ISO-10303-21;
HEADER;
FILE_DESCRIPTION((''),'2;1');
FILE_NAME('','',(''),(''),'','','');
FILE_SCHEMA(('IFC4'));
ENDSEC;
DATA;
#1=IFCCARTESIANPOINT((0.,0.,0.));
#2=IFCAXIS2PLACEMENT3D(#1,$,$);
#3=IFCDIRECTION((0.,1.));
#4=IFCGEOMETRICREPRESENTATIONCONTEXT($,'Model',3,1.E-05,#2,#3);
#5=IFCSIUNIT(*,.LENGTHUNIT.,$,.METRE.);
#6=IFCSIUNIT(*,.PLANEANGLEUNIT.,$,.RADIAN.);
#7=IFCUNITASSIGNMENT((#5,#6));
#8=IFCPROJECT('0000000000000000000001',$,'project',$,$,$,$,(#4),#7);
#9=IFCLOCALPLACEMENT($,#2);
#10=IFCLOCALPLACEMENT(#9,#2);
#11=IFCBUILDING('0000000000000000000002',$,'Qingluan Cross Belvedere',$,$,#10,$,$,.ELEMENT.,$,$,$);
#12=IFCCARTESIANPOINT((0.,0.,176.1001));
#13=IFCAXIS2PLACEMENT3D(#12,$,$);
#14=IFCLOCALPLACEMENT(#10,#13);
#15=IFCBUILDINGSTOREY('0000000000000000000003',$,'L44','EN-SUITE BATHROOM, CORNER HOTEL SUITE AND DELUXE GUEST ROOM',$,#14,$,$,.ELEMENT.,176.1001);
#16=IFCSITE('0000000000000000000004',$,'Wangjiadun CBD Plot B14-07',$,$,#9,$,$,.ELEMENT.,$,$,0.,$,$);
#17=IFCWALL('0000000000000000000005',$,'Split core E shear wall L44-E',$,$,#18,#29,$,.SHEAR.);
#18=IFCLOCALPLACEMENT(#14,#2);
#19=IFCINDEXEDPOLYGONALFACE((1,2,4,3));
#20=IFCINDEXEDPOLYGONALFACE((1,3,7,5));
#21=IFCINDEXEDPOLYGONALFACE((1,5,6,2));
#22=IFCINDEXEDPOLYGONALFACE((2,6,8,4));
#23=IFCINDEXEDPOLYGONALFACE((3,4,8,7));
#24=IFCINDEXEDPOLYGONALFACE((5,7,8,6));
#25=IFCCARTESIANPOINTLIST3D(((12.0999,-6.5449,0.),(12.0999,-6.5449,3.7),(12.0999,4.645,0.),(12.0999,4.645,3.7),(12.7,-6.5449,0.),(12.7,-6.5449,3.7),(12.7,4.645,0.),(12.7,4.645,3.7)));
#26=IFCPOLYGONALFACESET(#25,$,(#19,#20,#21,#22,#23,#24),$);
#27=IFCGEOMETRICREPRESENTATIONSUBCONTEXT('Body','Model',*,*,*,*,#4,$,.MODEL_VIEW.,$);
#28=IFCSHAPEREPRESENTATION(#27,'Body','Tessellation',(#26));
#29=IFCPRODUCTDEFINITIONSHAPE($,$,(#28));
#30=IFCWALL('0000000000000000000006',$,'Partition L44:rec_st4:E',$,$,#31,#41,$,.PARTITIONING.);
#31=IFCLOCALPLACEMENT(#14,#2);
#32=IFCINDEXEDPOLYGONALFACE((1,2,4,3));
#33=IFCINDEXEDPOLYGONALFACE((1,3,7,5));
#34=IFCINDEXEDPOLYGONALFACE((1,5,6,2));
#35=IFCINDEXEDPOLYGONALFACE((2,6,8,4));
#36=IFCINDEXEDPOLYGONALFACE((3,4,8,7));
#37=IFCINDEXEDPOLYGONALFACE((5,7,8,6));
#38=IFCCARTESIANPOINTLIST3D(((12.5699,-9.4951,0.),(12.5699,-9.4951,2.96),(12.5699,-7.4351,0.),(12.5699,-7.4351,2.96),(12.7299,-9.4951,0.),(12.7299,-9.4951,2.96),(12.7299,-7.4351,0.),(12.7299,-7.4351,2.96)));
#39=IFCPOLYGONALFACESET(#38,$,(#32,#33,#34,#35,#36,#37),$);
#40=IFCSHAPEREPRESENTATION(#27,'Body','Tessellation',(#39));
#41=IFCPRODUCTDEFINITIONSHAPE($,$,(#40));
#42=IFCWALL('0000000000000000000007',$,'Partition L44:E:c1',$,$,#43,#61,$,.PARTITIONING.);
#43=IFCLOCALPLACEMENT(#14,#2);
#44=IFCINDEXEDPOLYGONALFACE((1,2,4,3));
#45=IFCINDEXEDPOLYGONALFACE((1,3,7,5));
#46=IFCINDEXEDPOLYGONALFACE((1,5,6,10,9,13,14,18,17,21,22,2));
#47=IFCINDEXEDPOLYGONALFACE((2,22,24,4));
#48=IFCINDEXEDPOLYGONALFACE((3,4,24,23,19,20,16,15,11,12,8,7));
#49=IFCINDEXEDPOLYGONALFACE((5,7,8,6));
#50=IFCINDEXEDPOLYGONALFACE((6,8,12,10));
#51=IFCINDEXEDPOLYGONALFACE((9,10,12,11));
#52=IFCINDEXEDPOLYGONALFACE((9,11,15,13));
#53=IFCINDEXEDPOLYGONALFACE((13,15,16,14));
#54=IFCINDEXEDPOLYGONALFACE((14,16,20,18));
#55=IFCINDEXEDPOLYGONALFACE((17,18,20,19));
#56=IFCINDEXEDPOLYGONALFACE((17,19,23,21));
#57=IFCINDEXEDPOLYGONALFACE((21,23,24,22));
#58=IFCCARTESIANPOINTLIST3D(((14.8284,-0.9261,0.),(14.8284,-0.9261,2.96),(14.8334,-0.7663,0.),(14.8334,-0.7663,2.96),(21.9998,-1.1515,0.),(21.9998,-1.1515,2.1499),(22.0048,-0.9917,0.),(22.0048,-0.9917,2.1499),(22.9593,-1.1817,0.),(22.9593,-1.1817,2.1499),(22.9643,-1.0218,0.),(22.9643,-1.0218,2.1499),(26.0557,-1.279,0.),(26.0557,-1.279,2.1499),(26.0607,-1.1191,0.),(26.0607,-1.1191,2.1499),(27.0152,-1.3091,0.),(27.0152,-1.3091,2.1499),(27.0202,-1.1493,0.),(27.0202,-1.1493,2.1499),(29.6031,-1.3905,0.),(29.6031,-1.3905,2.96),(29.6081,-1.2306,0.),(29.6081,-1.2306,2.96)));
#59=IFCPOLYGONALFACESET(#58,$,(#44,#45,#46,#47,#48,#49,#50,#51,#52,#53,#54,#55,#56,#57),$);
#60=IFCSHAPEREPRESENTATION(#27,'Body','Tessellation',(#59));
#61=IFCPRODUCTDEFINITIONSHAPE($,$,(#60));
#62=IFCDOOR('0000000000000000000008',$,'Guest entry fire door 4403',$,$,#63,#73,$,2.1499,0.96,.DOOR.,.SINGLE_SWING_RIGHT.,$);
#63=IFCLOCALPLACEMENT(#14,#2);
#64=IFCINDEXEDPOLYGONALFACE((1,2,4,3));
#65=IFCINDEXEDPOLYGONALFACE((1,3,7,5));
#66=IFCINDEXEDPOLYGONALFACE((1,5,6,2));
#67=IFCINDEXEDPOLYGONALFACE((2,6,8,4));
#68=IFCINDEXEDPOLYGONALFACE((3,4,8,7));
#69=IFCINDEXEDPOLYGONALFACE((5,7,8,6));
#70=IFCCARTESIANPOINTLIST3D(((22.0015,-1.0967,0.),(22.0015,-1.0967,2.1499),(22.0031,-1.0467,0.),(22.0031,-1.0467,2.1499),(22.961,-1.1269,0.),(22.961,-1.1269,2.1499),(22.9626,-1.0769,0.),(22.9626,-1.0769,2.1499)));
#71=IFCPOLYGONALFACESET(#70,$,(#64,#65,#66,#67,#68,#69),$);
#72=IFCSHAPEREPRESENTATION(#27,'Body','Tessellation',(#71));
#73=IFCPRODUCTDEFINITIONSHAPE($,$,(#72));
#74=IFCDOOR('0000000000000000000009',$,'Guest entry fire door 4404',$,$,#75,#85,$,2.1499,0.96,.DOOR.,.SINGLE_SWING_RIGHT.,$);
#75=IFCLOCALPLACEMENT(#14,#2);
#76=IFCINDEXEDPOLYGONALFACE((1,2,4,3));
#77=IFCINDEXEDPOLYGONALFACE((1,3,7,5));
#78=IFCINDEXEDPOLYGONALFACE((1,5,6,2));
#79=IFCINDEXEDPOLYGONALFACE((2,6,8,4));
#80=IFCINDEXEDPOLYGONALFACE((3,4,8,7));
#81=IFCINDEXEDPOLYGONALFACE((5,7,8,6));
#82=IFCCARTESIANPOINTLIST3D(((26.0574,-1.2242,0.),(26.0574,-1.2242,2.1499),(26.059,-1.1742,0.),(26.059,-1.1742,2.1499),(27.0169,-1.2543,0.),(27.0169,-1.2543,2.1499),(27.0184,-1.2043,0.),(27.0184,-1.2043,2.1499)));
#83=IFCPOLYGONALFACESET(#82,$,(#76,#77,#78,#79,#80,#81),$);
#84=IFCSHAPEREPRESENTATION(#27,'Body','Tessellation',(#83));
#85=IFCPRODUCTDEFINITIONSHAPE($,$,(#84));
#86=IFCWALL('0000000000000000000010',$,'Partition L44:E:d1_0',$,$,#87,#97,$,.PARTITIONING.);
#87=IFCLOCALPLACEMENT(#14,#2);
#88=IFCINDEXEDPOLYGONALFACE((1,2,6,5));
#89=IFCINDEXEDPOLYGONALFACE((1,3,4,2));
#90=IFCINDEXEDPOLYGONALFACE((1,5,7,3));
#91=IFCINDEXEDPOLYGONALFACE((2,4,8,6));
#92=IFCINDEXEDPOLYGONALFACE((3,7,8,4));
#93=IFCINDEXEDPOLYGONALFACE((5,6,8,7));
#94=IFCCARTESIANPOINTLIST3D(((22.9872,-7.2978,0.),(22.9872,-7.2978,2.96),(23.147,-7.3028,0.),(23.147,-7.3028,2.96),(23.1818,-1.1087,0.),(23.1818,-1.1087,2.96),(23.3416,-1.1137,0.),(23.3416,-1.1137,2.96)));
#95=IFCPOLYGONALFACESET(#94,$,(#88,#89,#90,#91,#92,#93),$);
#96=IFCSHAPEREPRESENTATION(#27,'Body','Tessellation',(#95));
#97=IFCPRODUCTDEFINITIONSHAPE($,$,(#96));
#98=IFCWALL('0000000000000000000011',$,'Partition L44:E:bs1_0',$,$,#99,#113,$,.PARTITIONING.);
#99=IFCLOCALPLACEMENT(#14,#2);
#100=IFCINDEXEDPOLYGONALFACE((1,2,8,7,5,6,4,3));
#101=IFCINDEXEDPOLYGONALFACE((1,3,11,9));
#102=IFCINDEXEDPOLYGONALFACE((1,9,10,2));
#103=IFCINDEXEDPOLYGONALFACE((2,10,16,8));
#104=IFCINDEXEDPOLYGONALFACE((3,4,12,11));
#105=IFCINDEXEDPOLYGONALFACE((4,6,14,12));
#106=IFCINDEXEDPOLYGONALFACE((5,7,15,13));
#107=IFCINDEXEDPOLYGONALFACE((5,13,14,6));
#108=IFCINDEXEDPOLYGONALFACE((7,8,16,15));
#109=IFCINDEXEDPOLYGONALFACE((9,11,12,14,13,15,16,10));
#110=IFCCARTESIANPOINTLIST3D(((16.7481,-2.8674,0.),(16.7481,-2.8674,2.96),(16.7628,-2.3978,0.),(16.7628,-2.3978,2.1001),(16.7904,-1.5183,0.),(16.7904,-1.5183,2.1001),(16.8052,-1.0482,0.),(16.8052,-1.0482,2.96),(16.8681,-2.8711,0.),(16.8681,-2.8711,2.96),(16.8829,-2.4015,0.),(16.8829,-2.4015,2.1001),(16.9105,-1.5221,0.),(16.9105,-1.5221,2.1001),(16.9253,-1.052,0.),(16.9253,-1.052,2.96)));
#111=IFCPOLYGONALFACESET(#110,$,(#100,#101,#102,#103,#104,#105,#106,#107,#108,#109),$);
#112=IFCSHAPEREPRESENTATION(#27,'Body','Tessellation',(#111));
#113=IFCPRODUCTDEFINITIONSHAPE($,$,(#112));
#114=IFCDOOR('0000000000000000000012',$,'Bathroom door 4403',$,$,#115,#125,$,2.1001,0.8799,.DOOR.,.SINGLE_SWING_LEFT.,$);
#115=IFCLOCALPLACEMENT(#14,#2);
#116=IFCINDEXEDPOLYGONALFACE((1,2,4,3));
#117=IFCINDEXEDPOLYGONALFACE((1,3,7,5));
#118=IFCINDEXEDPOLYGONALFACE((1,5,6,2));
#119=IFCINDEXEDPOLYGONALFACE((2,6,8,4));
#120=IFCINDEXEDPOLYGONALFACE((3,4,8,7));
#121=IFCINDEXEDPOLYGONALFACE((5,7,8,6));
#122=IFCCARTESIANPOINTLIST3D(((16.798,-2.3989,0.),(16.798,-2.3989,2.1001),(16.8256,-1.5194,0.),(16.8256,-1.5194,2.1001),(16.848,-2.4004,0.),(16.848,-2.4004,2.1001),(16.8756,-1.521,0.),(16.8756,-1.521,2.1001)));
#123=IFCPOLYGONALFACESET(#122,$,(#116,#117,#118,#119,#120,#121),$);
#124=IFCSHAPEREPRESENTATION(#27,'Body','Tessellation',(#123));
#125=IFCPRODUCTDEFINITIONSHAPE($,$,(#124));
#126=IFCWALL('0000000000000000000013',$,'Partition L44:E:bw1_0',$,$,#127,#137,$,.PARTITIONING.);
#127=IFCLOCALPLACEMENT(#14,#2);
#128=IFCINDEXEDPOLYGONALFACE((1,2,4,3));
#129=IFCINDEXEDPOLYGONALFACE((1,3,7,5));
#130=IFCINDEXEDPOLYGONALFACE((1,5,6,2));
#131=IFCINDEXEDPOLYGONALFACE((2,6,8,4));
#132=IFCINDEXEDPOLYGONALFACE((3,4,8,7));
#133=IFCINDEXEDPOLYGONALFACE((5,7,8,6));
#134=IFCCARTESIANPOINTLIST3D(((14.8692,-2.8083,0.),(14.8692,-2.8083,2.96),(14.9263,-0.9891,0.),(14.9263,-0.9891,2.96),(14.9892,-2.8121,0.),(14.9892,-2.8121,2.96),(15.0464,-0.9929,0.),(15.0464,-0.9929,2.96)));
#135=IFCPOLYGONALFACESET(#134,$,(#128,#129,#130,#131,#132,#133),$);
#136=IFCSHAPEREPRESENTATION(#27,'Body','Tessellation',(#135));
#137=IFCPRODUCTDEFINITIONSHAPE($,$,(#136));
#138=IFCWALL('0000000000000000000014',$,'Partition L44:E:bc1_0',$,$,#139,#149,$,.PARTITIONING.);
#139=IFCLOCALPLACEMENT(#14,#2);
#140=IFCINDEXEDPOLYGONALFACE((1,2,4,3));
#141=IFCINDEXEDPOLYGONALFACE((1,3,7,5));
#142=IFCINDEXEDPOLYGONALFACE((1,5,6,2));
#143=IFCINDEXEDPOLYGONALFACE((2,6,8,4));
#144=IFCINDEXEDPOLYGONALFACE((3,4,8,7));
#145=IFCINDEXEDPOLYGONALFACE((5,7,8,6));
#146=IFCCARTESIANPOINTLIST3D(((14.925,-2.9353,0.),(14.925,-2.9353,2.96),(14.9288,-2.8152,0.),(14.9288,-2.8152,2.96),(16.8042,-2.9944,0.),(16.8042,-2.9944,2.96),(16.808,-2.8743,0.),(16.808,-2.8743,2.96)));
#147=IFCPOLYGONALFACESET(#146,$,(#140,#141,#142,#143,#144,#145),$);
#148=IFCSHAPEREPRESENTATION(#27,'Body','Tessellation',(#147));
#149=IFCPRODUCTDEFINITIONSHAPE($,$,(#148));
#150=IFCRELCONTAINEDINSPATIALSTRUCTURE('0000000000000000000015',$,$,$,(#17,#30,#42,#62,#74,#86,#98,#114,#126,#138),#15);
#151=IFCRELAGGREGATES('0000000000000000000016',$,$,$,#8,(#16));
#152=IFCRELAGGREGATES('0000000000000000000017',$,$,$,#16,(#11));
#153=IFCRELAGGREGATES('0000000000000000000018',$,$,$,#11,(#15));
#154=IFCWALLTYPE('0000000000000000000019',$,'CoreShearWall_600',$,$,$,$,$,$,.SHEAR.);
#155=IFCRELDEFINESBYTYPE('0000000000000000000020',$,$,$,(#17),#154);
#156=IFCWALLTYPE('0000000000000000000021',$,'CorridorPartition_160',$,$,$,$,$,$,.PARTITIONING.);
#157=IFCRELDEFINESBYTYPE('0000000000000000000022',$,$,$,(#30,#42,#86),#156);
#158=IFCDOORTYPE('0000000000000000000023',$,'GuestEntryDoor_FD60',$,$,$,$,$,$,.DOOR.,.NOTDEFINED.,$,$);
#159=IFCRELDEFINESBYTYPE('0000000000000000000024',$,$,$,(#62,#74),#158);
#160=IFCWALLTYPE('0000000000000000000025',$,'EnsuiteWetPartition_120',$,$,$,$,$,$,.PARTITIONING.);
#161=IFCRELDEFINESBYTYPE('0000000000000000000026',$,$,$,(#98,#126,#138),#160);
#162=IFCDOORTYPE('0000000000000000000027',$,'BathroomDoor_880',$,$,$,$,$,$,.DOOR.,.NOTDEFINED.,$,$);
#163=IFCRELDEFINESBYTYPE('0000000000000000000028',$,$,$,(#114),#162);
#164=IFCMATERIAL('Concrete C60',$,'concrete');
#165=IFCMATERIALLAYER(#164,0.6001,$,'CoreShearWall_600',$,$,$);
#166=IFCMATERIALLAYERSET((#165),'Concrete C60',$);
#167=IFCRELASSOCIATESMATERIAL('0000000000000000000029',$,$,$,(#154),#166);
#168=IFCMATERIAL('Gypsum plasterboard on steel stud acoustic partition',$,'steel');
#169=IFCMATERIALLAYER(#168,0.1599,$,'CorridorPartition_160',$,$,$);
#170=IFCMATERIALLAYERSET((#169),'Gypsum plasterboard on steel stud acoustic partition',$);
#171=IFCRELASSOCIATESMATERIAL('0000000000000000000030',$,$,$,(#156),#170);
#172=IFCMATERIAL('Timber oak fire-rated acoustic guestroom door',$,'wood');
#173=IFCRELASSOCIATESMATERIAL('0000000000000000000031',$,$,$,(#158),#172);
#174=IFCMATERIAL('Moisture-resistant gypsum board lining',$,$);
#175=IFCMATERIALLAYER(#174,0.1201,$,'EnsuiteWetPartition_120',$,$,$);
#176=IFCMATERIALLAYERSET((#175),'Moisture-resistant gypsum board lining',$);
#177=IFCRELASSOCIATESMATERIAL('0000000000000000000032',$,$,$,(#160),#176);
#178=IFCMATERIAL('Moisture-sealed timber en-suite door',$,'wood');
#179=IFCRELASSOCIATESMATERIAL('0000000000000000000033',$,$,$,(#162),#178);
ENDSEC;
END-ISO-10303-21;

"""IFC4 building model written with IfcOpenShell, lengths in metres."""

from ifc_helpers import new_model, si_unit, direction, frame, frame_2d, origin, place, context, subcontext, project, spatial, rectangle, extrude, material, layer, layer_set, type_object, element, fill, save


model = new_model("IFC4")

# Units and contexts
model_context = context("Model", 3, precision=1e-05, world=origin(), true_north=direction((0.0, 1.0)))
body_context = subcontext(model_context, "Body", "Model", "MODEL_VIEW")
ifc_project = project(units=[si_unit("LENGTHUNIT", "METRE"), si_unit("PLANEANGLEUNIT", "RADIAN")], contexts=[model_context])

# Site, building, storey
site_placement = place(None, origin())
site = spatial("IfcSite", under=ifc_project, at=site_placement, Name="Wangjiadun CBD Plot B14-07", CompositionType="ELEMENT", RefElevation=0.0)
building_placement = place(site_placement, origin())
building = spatial("IfcBuilding", under=site, at=building_placement, Name="Qingluan Cross Belvedere", CompositionType="ELEMENT")
storey_placement = place(building_placement, frame((0.0, 0.0, 176.1001)))
storey = spatial("IfcBuildingStorey", under=building, at=storey_placement, Name="L44", Description="EN-SUITE BATHROOM, CORNER HOTEL SUITE AND DELUXE GUEST ROOM", CompositionType="ELEMENT", Elevation=176.1001)

# Walls
ifc_material_1 = material(Name="Concrete C60", Category="concrete")
ifc_layer_1 = layer(ifc_material_1, 0.6001, Name="CoreShearWall_600")
ifc_layer_set_1 = layer_set([ifc_layer_1], Name="Concrete C60")
wall_type_1 = type_object("IfcWallType", Name="CoreShearWall_600", PredefinedType="SHEAR", material=ifc_layer_set_1)
wall_1_placement = place(storey_placement, frame((12.3999, -6.5449, 0.0), z_axis=(0.0, 0.0, 1.0), x_axis=(0.0, 1.0, 0.0)))
element("IfcWall", 1, at=wall_1_placement, inside=storey, type_object=wall_type_1, Name="Split core E shear wall L44-E", PredefinedType="SHEAR", context=body_context, shape_type="SweptSolid", body=[
    extrude(rectangle(XDim=11.1899, YDim=0.6001, at=frame_2d((5.595, 0.0))), origin(), (0.0, 0.0, 1.0), 3.7),
])
ifc_material_2 = material(Name="Gypsum plasterboard on steel stud acoustic partition", Category="steel")
ifc_layer_2 = layer(ifc_material_2, 0.1599, Name="CorridorPartition_160")
ifc_layer_set_2 = layer_set([ifc_layer_2], Name="Gypsum plasterboard on steel stud acoustic partition")
wall_type_2 = type_object("IfcWallType", Name="CorridorPartition_160", PredefinedType="PARTITIONING", material=ifc_layer_set_2)
wall_2_placement = place(storey_placement, frame((12.6499, -9.4951, 0.0), z_axis=(0.0, 0.0, 1.0), x_axis=(0.0, 1.0, 0.0)))
element("IfcWall", 2, at=wall_2_placement, inside=storey, type_object=wall_type_2, Name="Partition L44:rec_st4:E", PredefinedType="PARTITIONING", context=body_context, shape_type="SweptSolid", body=[
    extrude(rectangle(XDim=2.0601, YDim=0.1599, at=frame_2d((1.03, 0.0))), origin(), (0.0, 0.0, 1.0), 2.96),
])

# Wall, openings, doors
wall_3_placement = place(storey_placement, frame((14.8308, -0.8462, 0.0), z_axis=(0.0, 0.0, 1.0), x_axis=(0.999506, -0.031414, 0.0)))
wall_3 = element("IfcWall", 3, at=wall_3_placement, inside=storey, type_object=wall_type_2, Name="Partition L44:E:c1", PredefinedType="PARTITIONING", context=body_context, shape_type="SweptSolid", body=[
    extrude(rectangle(XDim=14.782, YDim=0.1599, at=frame_2d((7.3911, 0.0))), origin(), (0.0, 0.0, 1.0), 2.96),
])
opening_1_placement = place(wall_3_placement, frame((7.175, 0.0, 0.0)))
opening_1 = element("IfcOpeningElement", 4, at=opening_1_placement, cuts=wall_3, PredefinedType="OPENING", context=body_context, shape_type="SweptSolid", body=[
    extrude(rectangle(XDim=0.96, YDim=2.1499, at=frame_2d((0.48, 1.075))), frame((0.0, 0.0898, 0.0), z_axis=(0.0, -1.0, 0.0), x_axis=(1.0, 0.0, 0.0)), (0.0, 0.0, 1.0), 0.1799),
])
opening_2_placement = place(wall_3_placement, frame((11.2329, 0.0, 0.0)))
opening_2 = element("IfcOpeningElement", 5, at=opening_2_placement, cuts=wall_3, PredefinedType="OPENING", context=body_context, shape_type="SweptSolid", body=[
    extrude(rectangle(XDim=0.96, YDim=2.1499, at=frame_2d((0.48, 1.075))), frame((0.0, 0.0898, 0.0), z_axis=(0.0, -1.0, 0.0), x_axis=(1.0, 0.0, 0.0)), (0.0, 0.0, 1.0), 0.1799),
])
ifc_material_3 = material(Name="Timber oak fire-rated acoustic guestroom door", Category="wood")
door_type_1 = type_object("IfcDoorType", Name="GuestEntryDoor_FD60", OperationType="NOTDEFINED", PredefinedType="DOOR", material=ifc_material_3)
door_1_placement = place(opening_1_placement, origin())
door_1 = element("IfcDoor", 6, at=door_1_placement, inside=storey, type_object=door_type_1, Name="Guest entry fire door 4403", OperationType="SINGLE_SWING_RIGHT", OverallHeight=2.1499, OverallWidth=0.96, PredefinedType="DOOR", context=body_context, shape_type="SweptSolid", body=[
    extrude(rectangle(XDim=0.96, YDim=2.1499, at=frame_2d((0.48, 1.075))), frame((0.0, 0.0249, 0.0), z_axis=(0.0, -1.0, 0.0), x_axis=(1.0, 0.0, 0.0)), (0.0, 0.0, 1.0), 0.05),
])
fill(opening_1, door_1)
door_2_placement = place(opening_2_placement, origin())
door_2 = element("IfcDoor", 7, at=door_2_placement, inside=storey, type_object=door_type_1, Name="Guest entry fire door 4404", OperationType="SINGLE_SWING_RIGHT", OverallHeight=2.1499, OverallWidth=0.96, PredefinedType="DOOR", context=body_context, shape_type="SweptSolid", body=[
    extrude(rectangle(XDim=0.96, YDim=2.1499, at=frame_2d((0.48, 1.075))), frame((0.0, 0.0249, 0.0), z_axis=(0.0, -1.0, 0.0), x_axis=(1.0, 0.0, 0.0)), (0.0, 0.0, 1.0), 0.05),
])
fill(opening_2, door_2)

# Wall
wall_4_placement = place(storey_placement, frame((23.2617, -1.1111, 0.0), z_axis=(0.0, 0.0, 1.0), x_axis=(-0.031424, -0.999506, 0.0)))
element("IfcWall", 8, at=wall_4_placement, inside=storey, type_object=wall_type_2, Name="Partition L44:E:d1_0", PredefinedType="PARTITIONING", context=body_context, shape_type="SweptSolid", body=[
    extrude(rectangle(XDim=6.1921, YDim=0.1599, at=frame_2d((3.0962, 0.0))), origin(), (0.0, 0.0, 1.0), 2.96),
])

# Wall, opening, door
ifc_material_4 = material(Name="Moisture-resistant gypsum board lining")
ifc_layer_3 = layer(ifc_material_4, 0.1201, Name="EnsuiteWetPartition_120")
ifc_layer_set_3 = layer_set([ifc_layer_3], Name="Moisture-resistant gypsum board lining")
wall_type_3 = type_object("IfcWallType", Name="EnsuiteWetPartition_120", PredefinedType="PARTITIONING", material=ifc_layer_set_3)
wall_5_placement = place(storey_placement, frame((16.8081, -2.8694, 0.0), z_axis=(0.0, 0.0, 1.0), x_axis=(0.03139, 0.999507, 0.0)))
wall_5 = element("IfcWall", 9, at=wall_5_placement, inside=storey, type_object=wall_type_3, Name="Partition L44:E:bs1_0", PredefinedType="PARTITIONING", context=body_context, shape_type="SweptSolid", body=[
    extrude(rectangle(XDim=1.8201, YDim=0.1201, at=frame_2d((0.9102, 0.0))), origin(), (0.0, 0.0, 1.0), 2.96),
])
opening_3_placement = place(wall_5_placement, frame((0.47, 0.0, 0.0)))
opening_3 = element("IfcOpeningElement", 10, at=opening_3_placement, cuts=wall_5, PredefinedType="OPENING", context=body_context, shape_type="SweptSolid", body=[
    extrude(rectangle(XDim=0.8799, YDim=2.1001, at=frame_2d((0.4399, 1.05))), frame((0.0, 0.0701, 0.0), z_axis=(0.0, -1.0, 0.0), x_axis=(1.0, 0.0, 0.0)), (0.0, 0.0, 1.0), 0.1401),
])
ifc_material_5 = material(Name="Moisture-sealed timber en-suite door", Category="wood")
door_type_2 = type_object("IfcDoorType", Name="BathroomDoor_880", OperationType="NOTDEFINED", PredefinedType="DOOR", material=ifc_material_5)
door_3_placement = place(opening_3_placement, origin())
door_3 = element("IfcDoor", 11, at=door_3_placement, inside=storey, type_object=door_type_2, Name="Bathroom door 4403", OperationType="SINGLE_SWING_LEFT", OverallHeight=2.1001, OverallWidth=0.8799, PredefinedType="DOOR", context=body_context, shape_type="SweptSolid", body=[
    extrude(rectangle(XDim=0.8799, YDim=2.1001, at=frame_2d((0.4399, 1.05))), frame((0.0, 0.0249, 0.0), z_axis=(0.0, -1.0, 0.0), x_axis=(1.0, 0.0, 0.0)), (0.0, 0.0, 1.0), 0.05),
])
fill(opening_3, door_3)

# Walls
wall_6_placement = place(storey_placement, frame((14.9292, -2.8103, 0.0), z_axis=(0.0, 0.0, 1.0), x_axis=(0.03139, 0.999507, 0.0)))
element("IfcWall", 12, at=wall_6_placement, inside=storey, type_object=wall_type_3, Name="Partition L44:E:bw1_0", PredefinedType="PARTITIONING", context=body_context, shape_type="SweptSolid", body=[
    extrude(rectangle(XDim=1.8201, YDim=0.1201, at=frame_2d((0.9102, 0.0))), origin(), (0.0, 0.0, 1.0), 2.96),
])
wall_7_placement = place(storey_placement, frame((14.927, -2.8752, 0.0), z_axis=(0.0, 0.0, 1.0), x_axis=(0.999506, -0.031425, 0.0)))
element("IfcWall", 13, at=wall_7_placement, inside=storey, type_object=wall_type_3, Name="Partition L44:E:bc1_0", PredefinedType="PARTITIONING", context=body_context, shape_type="SweptSolid", body=[
    extrude(rectangle(XDim=1.8801, YDim=0.1201, at=frame_2d((0.9399, 0.0))), origin(), (0.0, 0.0, 1.0), 2.96),
])

save(model, "model.ifc")
